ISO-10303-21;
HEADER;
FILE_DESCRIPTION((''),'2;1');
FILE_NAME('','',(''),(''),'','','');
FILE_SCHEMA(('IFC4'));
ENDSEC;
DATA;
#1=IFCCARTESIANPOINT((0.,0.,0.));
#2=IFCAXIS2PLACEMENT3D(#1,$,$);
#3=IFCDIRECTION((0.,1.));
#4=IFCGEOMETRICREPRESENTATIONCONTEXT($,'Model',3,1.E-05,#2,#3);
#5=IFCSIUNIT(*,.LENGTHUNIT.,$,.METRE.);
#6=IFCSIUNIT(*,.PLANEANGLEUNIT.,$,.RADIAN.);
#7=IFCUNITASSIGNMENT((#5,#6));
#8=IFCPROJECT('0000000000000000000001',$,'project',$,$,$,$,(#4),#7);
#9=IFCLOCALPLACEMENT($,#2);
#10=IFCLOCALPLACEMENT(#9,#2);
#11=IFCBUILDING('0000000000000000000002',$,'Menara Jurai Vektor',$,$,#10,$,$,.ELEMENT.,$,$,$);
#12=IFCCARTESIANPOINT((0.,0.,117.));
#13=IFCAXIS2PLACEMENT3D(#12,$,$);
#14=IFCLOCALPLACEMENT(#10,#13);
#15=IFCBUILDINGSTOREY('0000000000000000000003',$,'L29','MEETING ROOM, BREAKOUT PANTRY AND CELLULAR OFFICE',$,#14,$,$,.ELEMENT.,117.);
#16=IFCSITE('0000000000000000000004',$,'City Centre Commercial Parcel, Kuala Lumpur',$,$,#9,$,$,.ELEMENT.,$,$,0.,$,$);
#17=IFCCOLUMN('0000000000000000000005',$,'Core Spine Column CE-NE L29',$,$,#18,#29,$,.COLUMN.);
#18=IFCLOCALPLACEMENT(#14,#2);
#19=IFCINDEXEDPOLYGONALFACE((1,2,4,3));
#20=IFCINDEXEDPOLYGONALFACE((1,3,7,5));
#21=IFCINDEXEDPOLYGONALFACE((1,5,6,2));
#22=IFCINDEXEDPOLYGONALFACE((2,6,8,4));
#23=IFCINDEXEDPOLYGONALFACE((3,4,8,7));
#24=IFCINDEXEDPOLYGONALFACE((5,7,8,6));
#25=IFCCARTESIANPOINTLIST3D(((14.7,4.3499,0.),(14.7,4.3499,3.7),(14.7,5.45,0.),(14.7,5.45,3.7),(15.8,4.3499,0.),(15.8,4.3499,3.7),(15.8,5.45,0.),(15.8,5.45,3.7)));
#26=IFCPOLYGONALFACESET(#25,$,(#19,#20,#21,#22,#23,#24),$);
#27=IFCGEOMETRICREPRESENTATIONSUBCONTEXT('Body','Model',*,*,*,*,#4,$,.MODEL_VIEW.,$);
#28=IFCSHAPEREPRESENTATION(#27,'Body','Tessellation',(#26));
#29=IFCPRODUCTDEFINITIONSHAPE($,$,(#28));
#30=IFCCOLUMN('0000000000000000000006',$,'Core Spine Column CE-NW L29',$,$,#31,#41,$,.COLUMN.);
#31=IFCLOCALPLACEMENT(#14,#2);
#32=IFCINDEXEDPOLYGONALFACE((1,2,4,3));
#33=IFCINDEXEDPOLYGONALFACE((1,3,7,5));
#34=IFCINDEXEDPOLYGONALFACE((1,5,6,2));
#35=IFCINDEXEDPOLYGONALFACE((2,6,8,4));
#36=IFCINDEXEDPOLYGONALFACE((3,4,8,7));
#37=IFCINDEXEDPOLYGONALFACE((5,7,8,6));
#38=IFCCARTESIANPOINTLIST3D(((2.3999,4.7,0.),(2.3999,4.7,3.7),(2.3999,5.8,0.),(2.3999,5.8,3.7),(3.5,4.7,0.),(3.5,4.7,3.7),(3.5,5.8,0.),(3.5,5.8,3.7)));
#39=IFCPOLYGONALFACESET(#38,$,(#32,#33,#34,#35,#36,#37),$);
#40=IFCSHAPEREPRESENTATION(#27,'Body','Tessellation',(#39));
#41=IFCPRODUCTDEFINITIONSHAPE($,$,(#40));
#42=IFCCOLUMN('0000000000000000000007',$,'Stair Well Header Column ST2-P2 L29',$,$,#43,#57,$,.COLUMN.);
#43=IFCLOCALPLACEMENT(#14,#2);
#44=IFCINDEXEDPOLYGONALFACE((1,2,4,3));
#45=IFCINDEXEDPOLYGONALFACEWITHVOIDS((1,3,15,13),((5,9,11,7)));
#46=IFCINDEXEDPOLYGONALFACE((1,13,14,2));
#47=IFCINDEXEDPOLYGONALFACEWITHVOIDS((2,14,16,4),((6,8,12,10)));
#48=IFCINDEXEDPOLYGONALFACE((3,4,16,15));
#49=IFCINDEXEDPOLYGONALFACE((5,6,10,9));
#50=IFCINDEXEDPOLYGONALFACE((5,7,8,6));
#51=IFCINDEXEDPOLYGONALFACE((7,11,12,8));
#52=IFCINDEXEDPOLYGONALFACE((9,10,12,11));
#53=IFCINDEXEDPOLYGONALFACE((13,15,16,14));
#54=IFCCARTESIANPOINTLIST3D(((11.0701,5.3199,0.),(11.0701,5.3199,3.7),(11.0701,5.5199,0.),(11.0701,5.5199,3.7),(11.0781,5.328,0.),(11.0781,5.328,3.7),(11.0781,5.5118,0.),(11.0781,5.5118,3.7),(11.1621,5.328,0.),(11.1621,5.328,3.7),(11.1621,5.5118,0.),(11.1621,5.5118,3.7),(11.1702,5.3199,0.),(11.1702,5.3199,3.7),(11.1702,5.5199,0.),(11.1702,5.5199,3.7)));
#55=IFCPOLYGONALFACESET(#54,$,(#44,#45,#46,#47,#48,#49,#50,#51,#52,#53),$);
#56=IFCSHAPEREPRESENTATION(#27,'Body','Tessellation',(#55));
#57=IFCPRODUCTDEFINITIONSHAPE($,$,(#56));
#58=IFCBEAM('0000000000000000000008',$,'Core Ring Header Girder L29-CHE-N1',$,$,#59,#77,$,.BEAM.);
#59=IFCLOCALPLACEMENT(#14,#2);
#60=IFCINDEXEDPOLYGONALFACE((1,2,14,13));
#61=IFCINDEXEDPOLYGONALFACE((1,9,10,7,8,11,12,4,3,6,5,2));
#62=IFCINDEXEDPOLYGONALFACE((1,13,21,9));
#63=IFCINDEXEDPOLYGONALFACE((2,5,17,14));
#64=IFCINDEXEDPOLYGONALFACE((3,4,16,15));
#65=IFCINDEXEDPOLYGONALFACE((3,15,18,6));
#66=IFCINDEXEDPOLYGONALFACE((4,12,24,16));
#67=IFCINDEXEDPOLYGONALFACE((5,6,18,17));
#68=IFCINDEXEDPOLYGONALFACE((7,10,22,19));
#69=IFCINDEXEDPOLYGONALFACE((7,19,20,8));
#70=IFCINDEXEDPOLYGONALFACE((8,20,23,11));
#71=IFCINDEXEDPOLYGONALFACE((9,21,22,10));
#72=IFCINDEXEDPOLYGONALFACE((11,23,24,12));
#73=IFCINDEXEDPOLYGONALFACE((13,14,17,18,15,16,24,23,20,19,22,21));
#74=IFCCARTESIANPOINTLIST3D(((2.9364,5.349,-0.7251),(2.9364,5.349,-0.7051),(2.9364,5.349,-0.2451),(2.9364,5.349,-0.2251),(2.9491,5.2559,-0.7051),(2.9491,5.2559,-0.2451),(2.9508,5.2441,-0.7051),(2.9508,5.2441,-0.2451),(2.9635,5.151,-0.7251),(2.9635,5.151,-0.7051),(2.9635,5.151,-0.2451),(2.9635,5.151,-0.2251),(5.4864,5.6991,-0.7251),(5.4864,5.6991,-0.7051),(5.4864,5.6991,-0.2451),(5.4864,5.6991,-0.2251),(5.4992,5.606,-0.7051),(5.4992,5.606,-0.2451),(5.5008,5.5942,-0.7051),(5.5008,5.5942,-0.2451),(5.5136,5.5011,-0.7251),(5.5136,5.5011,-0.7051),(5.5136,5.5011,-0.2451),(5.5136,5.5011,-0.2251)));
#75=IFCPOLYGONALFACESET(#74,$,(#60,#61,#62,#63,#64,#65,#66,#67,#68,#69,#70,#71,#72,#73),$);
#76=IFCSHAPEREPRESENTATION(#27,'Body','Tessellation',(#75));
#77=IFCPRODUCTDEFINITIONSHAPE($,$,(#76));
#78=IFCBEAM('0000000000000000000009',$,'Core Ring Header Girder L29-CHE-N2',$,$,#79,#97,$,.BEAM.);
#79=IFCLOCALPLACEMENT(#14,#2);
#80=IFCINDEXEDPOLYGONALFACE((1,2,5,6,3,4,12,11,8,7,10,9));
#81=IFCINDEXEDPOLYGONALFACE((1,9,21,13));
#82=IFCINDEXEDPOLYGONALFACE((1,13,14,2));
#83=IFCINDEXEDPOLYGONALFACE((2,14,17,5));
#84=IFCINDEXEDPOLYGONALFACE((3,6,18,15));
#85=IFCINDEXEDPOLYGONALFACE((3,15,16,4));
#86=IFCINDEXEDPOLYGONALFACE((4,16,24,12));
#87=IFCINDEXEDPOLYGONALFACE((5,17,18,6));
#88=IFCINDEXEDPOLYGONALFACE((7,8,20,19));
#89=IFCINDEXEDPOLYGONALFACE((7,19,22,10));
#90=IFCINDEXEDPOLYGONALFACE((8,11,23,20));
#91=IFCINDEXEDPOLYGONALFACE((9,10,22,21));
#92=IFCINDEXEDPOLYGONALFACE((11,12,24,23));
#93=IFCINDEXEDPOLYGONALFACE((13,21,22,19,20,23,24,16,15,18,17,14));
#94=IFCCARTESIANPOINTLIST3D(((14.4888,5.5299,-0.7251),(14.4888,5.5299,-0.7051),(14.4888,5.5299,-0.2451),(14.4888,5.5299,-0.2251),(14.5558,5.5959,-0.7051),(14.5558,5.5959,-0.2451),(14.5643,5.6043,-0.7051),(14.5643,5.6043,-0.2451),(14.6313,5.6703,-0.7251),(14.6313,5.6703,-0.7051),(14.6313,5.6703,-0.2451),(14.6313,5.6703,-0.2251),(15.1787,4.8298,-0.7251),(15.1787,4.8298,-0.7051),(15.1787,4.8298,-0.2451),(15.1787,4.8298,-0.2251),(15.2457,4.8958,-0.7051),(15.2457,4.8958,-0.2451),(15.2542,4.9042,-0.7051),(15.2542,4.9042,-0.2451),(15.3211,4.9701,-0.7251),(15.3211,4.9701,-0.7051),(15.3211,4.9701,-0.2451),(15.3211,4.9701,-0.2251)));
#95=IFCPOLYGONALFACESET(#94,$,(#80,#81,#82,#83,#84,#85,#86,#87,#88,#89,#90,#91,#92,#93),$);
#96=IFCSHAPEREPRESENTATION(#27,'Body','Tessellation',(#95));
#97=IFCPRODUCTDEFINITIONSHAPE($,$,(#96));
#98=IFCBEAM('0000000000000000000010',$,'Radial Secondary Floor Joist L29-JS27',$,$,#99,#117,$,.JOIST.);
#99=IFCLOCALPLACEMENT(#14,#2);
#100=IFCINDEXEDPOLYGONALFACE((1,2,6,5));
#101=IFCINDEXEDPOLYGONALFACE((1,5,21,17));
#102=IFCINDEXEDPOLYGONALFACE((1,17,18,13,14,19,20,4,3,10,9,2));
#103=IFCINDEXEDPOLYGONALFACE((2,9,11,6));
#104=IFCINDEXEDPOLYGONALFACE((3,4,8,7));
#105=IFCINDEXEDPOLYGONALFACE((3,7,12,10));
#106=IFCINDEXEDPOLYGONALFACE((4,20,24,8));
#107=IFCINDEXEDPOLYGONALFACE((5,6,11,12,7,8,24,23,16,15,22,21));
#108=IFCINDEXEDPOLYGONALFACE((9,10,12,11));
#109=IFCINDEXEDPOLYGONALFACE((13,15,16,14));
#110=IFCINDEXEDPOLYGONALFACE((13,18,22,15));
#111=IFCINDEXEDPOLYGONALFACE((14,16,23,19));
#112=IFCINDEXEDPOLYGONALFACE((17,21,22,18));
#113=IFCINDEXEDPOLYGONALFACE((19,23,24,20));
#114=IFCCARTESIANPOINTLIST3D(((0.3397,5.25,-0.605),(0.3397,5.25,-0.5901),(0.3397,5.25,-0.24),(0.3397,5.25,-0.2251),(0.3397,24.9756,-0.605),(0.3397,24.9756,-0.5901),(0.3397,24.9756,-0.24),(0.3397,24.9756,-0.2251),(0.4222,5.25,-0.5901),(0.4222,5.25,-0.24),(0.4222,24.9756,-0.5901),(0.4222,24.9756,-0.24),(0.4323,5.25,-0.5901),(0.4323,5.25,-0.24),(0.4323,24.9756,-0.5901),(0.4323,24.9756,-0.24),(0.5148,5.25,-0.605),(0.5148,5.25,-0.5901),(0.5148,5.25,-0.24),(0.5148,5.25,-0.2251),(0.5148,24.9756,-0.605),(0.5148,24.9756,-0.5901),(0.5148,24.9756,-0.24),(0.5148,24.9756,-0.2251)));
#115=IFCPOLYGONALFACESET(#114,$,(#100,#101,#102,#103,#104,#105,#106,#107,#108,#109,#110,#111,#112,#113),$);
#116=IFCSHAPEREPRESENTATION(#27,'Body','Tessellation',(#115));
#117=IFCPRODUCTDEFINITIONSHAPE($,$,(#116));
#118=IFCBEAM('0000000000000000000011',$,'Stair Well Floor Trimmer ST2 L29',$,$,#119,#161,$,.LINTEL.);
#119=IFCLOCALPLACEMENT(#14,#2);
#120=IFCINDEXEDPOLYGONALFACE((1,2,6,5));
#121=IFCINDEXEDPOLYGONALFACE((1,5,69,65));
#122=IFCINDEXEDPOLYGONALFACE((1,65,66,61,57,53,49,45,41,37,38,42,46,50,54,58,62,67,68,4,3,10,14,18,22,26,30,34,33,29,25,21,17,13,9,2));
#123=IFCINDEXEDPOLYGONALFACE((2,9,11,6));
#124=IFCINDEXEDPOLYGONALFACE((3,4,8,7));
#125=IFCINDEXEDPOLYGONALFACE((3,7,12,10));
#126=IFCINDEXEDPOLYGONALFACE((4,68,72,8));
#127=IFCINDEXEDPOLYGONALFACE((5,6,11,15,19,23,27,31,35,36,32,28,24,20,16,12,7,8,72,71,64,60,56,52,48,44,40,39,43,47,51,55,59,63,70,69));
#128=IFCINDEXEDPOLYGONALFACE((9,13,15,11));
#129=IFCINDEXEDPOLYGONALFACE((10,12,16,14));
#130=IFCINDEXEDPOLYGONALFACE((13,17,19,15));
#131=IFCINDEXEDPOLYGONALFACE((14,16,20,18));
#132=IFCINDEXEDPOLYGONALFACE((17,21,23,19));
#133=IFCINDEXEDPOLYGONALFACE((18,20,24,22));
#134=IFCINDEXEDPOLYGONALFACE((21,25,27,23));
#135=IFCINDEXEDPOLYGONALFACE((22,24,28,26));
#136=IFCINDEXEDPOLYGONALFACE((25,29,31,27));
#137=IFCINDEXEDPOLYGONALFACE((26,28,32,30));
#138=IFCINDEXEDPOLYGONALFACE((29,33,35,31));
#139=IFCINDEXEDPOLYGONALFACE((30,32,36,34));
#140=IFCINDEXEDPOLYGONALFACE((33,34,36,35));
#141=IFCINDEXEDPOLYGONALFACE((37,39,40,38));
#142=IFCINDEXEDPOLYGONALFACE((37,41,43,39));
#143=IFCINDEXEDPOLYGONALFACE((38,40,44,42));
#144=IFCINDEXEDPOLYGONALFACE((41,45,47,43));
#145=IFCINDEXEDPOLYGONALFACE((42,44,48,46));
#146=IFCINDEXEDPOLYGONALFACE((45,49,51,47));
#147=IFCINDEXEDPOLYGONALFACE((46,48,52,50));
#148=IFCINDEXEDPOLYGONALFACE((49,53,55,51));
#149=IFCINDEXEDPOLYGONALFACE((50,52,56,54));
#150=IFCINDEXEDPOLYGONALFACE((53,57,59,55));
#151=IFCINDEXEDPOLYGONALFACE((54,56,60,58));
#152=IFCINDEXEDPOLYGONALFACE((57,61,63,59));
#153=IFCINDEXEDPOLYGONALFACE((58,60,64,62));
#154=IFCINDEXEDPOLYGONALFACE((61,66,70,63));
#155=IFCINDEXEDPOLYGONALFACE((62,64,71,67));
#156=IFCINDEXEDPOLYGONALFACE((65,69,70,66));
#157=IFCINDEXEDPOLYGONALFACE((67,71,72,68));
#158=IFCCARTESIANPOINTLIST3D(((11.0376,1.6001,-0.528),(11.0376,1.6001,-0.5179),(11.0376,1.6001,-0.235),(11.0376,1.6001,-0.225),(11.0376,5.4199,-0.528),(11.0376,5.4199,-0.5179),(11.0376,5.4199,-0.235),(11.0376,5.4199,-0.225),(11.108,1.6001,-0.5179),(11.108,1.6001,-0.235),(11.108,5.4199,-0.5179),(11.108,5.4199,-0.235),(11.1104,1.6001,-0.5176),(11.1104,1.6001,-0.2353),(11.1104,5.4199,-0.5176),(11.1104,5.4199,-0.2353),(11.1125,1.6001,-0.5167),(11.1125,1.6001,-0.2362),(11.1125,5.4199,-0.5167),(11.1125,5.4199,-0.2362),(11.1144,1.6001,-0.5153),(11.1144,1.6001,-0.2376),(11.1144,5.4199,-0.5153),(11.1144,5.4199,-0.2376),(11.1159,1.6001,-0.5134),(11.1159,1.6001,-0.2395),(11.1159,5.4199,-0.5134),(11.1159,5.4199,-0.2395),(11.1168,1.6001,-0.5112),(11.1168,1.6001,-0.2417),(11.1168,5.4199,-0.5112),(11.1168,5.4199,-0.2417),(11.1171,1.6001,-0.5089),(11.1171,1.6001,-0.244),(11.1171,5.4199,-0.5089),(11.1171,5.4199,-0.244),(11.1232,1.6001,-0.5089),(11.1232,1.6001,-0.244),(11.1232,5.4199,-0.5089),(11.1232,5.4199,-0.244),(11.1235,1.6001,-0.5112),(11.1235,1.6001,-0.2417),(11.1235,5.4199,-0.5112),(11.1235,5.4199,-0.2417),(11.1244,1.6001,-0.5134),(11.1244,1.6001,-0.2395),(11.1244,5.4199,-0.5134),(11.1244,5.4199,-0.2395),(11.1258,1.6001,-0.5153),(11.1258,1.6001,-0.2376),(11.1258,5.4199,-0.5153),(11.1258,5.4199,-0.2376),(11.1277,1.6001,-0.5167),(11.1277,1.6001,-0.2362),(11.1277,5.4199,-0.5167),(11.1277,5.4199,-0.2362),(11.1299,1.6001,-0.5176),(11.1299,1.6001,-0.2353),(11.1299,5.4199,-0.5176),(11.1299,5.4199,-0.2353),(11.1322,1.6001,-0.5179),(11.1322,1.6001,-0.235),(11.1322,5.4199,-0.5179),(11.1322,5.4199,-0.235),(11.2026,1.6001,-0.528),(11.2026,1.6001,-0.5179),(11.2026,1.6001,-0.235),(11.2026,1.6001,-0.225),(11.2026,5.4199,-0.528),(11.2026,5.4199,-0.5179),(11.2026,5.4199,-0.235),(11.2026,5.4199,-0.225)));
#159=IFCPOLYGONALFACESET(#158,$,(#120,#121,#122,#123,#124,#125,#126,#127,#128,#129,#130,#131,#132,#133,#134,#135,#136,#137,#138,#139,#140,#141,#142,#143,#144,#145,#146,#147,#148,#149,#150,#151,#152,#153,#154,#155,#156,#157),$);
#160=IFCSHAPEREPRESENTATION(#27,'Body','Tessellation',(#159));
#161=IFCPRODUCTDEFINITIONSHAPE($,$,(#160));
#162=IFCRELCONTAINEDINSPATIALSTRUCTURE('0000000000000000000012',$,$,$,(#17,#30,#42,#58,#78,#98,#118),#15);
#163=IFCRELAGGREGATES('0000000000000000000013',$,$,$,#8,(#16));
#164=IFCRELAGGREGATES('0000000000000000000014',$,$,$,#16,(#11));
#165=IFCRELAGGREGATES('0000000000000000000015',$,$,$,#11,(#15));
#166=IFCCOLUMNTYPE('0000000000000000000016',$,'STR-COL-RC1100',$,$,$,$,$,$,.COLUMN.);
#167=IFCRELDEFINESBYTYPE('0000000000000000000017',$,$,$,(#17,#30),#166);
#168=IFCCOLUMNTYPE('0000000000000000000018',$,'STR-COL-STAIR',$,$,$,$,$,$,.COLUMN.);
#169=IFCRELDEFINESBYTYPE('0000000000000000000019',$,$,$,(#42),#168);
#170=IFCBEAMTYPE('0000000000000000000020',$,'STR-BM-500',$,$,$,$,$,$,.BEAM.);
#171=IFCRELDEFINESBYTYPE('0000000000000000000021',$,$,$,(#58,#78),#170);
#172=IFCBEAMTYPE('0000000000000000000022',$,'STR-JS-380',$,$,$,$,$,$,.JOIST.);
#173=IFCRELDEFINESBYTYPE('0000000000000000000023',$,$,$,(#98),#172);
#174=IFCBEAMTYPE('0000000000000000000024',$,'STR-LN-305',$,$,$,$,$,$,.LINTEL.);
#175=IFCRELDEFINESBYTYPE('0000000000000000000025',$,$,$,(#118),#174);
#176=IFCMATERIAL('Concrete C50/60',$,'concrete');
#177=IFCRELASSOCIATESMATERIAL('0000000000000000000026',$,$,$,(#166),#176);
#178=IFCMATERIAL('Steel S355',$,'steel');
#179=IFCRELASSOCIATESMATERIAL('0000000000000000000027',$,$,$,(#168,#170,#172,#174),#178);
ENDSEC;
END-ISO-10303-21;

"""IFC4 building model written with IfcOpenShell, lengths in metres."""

from ifc_helpers import new_model, si_unit, direction, frame, origin, origin_2d, place, context, subcontext, project, spatial, rectangle, hollow_rectangle, i_section, extrude, material, material_profile, profile_set, type_object, element, save


model = new_model("IFC4")

# Units and contexts
model_context = context("Model", 3, precision=1e-05, world=origin(), true_north=direction((0.0, 1.0)))
body_context = subcontext(model_context, "Body", "Model", "MODEL_VIEW")
ifc_project = project(units=[si_unit("LENGTHUNIT", "METRE"), si_unit("PLANEANGLEUNIT", "RADIAN")], contexts=[model_context])

# Site, building, storey
site_placement = place(None, origin())
site = spatial("IfcSite", under=ifc_project, at=site_placement, Name="City Centre Commercial Parcel, Kuala Lumpur", CompositionType="ELEMENT", RefElevation=0.0)
building_placement = place(site_placement, origin())
building = spatial("IfcBuilding", under=site, at=building_placement, Name="Menara Jurai Vektor", CompositionType="ELEMENT")
storey_placement = place(building_placement, frame((0.0, 0.0, 117.0)))
storey = spatial("IfcBuildingStorey", under=building, at=storey_placement, Name="L29", Description="MEETING ROOM, BREAKOUT PANTRY AND CELLULAR OFFICE", CompositionType="ELEMENT", Elevation=117.0)

# Columns
ifc_material_1 = material(Name="Concrete C50/60", Category="concrete")
ifc_material_profile_1 = material_profile(ifc_material_1, rectangle(XDim=1.1001, YDim=1.1001, at=origin_2d()), Name="RC 1100x1100")
ifc_profile_set_1 = profile_set([ifc_material_profile_1], Name="Concrete C50/60")
column_type_1 = type_object("IfcColumnType", Name="STR-COL-RC1100", PredefinedType="COLUMN", material=ifc_profile_set_1)
for number, where, z_axis, x_axis, name in (
    (1, (15.25, 4.8999, 0.0), (0.0, 0.0, 1.0), (1.0, 0.0, 0.0), "Core Spine Column CE-NE L29"),
    (2, (2.95, 5.25, 0.0), (0.0, 0.0, 1.0), (1.0, 0.0, 0.0), "Core Spine Column CE-NW L29"),
):
    element("IfcColumn", number, at=place(storey_placement, frame(where, z_axis=z_axis, x_axis=x_axis)), inside=storey, type_object=column_type_1, Name=name, PredefinedType="COLUMN", context=body_context, shape_type="SweptSolid", body=[
        extrude(rectangle(XDim=1.1001, YDim=1.1001, at=origin_2d()), origin(), (0.0, 0.0, 1.0), 3.7),
    ])
ifc_material_2 = material(Name="Steel S355", Category="steel")
ifc_material_profile_2 = material_profile(ifc_material_2, hollow_rectangle(XDim=0.1001, YDim=0.2, WallThickness=0.0081, at=origin_2d()), Name="RHS 200x100x8")
ifc_profile_set_2 = profile_set([ifc_material_profile_2], Name="Steel S355")
column_type_2 = type_object("IfcColumnType", Name="STR-COL-STAIR", PredefinedType="COLUMN", material=ifc_profile_set_2)
column_placement = place(storey_placement, frame((11.1201, 5.4199, 0.0), z_axis=(0.0, 0.0, 1.0), x_axis=(1.0, 0.0, 0.0)))
element("IfcColumn", 3, at=column_placement, inside=storey, type_object=column_type_2, Name="Stair Well Header Column ST2-P2 L29", PredefinedType="COLUMN", context=body_context, shape_type="SweptSolid", body=[
    extrude(hollow_rectangle(XDim=0.1001, YDim=0.2, WallThickness=0.0081, at=origin_2d()), origin(), (0.0, 0.0, 1.0), 3.7),
])

# Beams
ifc_material_profile_3 = material_profile(ifc_material_2, i_section(OverallWidth=0.2, OverallDepth=0.5, WebThickness=0.012, FlangeThickness=0.02, at=origin_2d()), Name="PG 500x200x96")
ifc_profile_set_3 = profile_set([ifc_material_profile_3], Name="Steel S355")
beam_type_1 = type_object("IfcBeamType", Name="STR-BM-500", PredefinedType="BEAM", material=ifc_profile_set_3)
beam_1_placement = place(storey_placement, frame((2.95, 5.25, -0.4751), z_axis=(0.990707, 0.136015, 0.0), x_axis=(-0.136015, 0.990707, 0.0)))
element("IfcBeam", 4, at=beam_1_placement, inside=storey, type_object=beam_type_1, Name="Core Ring Header Girder L29-CHE-N1", PredefinedType="BEAM", context=body_context, shape_type="SweptSolid", body=[
    extrude(i_section(OverallWidth=0.2, OverallDepth=0.5, WebThickness=0.012, FlangeThickness=0.02, at=origin_2d()), origin(), (0.0, 0.0, 1.0), 2.574),
])
beam_2_placement = place(storey_placement, frame((14.5601, 5.6001, -0.4751), z_axis=(0.701872, -0.712303, 0.0), x_axis=(0.712303, 0.701872, 0.0)))
element("IfcBeam", 5, at=beam_2_placement, inside=storey, type_object=beam_type_1, Name="Core Ring Header Girder L29-CHE-N2", PredefinedType="BEAM", context=body_context, shape_type="SweptSolid", body=[
    extrude(i_section(OverallWidth=0.2, OverallDepth=0.5, WebThickness=0.012, FlangeThickness=0.02, at=origin_2d()), origin(), (0.0, 0.0, 1.0), 0.9829),
])
ifc_material_profile_4 = material_profile(ifc_material_2, i_section(OverallWidth=0.175, OverallDepth=0.3799, WebThickness=0.01, FlangeThickness=0.0149, at=origin_2d()), Name="PG 380x175x58")
ifc_profile_set_4 = profile_set([ifc_material_profile_4], Name="Steel S355")
beam_type_2 = type_object("IfcBeamType", Name="STR-JS-380", PredefinedType="JOIST", material=ifc_profile_set_4)
beam_3_placement = place(storey_placement, frame((0.4272, 24.9756, -0.415), z_axis=(0.0, -1.0, 0.0), x_axis=(1.0, 0.0, 0.0)))
element("IfcBeam", 6, at=beam_3_placement, inside=storey, type_object=beam_type_2, Name="Radial Secondary Floor Joist L29-JS27", PredefinedType="JOIST", context=body_context, shape_type="SweptSolid", body=[
    extrude(i_section(OverallWidth=0.175, OverallDepth=0.3799, WebThickness=0.01, FlangeThickness=0.0149, at=origin_2d()), origin(), (0.0, 0.0, 1.0), 19.7256),
])
ifc_material_profile_5 = material_profile(ifc_material_2, i_section(OverallWidth=0.165, OverallDepth=0.303, WebThickness=0.0061, FlangeThickness=0.01, FilletRadius=0.009, at=origin_2d()), Name="UKB 305x165x40")
ifc_profile_set_5 = profile_set([ifc_material_profile_5], Name="Steel S355")
beam_type_3 = type_object("IfcBeamType", Name="STR-LN-305", PredefinedType="LINTEL", material=ifc_profile_set_5)
beam_4_placement = place(storey_placement, frame((11.1201, 1.6001, -0.3765), z_axis=(0.0, 1.0, 0.0), x_axis=(-1.0, 0.0, 0.0)))
element("IfcBeam", 7, at=beam_4_placement, inside=storey, type_object=beam_type_3, Name="Stair Well Floor Trimmer ST2 L29", PredefinedType="LINTEL", context=body_context, shape_type="SweptSolid", body=[
    extrude(i_section(OverallWidth=0.165, OverallDepth=0.303, WebThickness=0.0061, FlangeThickness=0.01, FilletRadius=0.009, at=origin_2d()), origin(), (0.0, 0.0, 1.0), 3.8198),
])

save(model, "model.ifc")
